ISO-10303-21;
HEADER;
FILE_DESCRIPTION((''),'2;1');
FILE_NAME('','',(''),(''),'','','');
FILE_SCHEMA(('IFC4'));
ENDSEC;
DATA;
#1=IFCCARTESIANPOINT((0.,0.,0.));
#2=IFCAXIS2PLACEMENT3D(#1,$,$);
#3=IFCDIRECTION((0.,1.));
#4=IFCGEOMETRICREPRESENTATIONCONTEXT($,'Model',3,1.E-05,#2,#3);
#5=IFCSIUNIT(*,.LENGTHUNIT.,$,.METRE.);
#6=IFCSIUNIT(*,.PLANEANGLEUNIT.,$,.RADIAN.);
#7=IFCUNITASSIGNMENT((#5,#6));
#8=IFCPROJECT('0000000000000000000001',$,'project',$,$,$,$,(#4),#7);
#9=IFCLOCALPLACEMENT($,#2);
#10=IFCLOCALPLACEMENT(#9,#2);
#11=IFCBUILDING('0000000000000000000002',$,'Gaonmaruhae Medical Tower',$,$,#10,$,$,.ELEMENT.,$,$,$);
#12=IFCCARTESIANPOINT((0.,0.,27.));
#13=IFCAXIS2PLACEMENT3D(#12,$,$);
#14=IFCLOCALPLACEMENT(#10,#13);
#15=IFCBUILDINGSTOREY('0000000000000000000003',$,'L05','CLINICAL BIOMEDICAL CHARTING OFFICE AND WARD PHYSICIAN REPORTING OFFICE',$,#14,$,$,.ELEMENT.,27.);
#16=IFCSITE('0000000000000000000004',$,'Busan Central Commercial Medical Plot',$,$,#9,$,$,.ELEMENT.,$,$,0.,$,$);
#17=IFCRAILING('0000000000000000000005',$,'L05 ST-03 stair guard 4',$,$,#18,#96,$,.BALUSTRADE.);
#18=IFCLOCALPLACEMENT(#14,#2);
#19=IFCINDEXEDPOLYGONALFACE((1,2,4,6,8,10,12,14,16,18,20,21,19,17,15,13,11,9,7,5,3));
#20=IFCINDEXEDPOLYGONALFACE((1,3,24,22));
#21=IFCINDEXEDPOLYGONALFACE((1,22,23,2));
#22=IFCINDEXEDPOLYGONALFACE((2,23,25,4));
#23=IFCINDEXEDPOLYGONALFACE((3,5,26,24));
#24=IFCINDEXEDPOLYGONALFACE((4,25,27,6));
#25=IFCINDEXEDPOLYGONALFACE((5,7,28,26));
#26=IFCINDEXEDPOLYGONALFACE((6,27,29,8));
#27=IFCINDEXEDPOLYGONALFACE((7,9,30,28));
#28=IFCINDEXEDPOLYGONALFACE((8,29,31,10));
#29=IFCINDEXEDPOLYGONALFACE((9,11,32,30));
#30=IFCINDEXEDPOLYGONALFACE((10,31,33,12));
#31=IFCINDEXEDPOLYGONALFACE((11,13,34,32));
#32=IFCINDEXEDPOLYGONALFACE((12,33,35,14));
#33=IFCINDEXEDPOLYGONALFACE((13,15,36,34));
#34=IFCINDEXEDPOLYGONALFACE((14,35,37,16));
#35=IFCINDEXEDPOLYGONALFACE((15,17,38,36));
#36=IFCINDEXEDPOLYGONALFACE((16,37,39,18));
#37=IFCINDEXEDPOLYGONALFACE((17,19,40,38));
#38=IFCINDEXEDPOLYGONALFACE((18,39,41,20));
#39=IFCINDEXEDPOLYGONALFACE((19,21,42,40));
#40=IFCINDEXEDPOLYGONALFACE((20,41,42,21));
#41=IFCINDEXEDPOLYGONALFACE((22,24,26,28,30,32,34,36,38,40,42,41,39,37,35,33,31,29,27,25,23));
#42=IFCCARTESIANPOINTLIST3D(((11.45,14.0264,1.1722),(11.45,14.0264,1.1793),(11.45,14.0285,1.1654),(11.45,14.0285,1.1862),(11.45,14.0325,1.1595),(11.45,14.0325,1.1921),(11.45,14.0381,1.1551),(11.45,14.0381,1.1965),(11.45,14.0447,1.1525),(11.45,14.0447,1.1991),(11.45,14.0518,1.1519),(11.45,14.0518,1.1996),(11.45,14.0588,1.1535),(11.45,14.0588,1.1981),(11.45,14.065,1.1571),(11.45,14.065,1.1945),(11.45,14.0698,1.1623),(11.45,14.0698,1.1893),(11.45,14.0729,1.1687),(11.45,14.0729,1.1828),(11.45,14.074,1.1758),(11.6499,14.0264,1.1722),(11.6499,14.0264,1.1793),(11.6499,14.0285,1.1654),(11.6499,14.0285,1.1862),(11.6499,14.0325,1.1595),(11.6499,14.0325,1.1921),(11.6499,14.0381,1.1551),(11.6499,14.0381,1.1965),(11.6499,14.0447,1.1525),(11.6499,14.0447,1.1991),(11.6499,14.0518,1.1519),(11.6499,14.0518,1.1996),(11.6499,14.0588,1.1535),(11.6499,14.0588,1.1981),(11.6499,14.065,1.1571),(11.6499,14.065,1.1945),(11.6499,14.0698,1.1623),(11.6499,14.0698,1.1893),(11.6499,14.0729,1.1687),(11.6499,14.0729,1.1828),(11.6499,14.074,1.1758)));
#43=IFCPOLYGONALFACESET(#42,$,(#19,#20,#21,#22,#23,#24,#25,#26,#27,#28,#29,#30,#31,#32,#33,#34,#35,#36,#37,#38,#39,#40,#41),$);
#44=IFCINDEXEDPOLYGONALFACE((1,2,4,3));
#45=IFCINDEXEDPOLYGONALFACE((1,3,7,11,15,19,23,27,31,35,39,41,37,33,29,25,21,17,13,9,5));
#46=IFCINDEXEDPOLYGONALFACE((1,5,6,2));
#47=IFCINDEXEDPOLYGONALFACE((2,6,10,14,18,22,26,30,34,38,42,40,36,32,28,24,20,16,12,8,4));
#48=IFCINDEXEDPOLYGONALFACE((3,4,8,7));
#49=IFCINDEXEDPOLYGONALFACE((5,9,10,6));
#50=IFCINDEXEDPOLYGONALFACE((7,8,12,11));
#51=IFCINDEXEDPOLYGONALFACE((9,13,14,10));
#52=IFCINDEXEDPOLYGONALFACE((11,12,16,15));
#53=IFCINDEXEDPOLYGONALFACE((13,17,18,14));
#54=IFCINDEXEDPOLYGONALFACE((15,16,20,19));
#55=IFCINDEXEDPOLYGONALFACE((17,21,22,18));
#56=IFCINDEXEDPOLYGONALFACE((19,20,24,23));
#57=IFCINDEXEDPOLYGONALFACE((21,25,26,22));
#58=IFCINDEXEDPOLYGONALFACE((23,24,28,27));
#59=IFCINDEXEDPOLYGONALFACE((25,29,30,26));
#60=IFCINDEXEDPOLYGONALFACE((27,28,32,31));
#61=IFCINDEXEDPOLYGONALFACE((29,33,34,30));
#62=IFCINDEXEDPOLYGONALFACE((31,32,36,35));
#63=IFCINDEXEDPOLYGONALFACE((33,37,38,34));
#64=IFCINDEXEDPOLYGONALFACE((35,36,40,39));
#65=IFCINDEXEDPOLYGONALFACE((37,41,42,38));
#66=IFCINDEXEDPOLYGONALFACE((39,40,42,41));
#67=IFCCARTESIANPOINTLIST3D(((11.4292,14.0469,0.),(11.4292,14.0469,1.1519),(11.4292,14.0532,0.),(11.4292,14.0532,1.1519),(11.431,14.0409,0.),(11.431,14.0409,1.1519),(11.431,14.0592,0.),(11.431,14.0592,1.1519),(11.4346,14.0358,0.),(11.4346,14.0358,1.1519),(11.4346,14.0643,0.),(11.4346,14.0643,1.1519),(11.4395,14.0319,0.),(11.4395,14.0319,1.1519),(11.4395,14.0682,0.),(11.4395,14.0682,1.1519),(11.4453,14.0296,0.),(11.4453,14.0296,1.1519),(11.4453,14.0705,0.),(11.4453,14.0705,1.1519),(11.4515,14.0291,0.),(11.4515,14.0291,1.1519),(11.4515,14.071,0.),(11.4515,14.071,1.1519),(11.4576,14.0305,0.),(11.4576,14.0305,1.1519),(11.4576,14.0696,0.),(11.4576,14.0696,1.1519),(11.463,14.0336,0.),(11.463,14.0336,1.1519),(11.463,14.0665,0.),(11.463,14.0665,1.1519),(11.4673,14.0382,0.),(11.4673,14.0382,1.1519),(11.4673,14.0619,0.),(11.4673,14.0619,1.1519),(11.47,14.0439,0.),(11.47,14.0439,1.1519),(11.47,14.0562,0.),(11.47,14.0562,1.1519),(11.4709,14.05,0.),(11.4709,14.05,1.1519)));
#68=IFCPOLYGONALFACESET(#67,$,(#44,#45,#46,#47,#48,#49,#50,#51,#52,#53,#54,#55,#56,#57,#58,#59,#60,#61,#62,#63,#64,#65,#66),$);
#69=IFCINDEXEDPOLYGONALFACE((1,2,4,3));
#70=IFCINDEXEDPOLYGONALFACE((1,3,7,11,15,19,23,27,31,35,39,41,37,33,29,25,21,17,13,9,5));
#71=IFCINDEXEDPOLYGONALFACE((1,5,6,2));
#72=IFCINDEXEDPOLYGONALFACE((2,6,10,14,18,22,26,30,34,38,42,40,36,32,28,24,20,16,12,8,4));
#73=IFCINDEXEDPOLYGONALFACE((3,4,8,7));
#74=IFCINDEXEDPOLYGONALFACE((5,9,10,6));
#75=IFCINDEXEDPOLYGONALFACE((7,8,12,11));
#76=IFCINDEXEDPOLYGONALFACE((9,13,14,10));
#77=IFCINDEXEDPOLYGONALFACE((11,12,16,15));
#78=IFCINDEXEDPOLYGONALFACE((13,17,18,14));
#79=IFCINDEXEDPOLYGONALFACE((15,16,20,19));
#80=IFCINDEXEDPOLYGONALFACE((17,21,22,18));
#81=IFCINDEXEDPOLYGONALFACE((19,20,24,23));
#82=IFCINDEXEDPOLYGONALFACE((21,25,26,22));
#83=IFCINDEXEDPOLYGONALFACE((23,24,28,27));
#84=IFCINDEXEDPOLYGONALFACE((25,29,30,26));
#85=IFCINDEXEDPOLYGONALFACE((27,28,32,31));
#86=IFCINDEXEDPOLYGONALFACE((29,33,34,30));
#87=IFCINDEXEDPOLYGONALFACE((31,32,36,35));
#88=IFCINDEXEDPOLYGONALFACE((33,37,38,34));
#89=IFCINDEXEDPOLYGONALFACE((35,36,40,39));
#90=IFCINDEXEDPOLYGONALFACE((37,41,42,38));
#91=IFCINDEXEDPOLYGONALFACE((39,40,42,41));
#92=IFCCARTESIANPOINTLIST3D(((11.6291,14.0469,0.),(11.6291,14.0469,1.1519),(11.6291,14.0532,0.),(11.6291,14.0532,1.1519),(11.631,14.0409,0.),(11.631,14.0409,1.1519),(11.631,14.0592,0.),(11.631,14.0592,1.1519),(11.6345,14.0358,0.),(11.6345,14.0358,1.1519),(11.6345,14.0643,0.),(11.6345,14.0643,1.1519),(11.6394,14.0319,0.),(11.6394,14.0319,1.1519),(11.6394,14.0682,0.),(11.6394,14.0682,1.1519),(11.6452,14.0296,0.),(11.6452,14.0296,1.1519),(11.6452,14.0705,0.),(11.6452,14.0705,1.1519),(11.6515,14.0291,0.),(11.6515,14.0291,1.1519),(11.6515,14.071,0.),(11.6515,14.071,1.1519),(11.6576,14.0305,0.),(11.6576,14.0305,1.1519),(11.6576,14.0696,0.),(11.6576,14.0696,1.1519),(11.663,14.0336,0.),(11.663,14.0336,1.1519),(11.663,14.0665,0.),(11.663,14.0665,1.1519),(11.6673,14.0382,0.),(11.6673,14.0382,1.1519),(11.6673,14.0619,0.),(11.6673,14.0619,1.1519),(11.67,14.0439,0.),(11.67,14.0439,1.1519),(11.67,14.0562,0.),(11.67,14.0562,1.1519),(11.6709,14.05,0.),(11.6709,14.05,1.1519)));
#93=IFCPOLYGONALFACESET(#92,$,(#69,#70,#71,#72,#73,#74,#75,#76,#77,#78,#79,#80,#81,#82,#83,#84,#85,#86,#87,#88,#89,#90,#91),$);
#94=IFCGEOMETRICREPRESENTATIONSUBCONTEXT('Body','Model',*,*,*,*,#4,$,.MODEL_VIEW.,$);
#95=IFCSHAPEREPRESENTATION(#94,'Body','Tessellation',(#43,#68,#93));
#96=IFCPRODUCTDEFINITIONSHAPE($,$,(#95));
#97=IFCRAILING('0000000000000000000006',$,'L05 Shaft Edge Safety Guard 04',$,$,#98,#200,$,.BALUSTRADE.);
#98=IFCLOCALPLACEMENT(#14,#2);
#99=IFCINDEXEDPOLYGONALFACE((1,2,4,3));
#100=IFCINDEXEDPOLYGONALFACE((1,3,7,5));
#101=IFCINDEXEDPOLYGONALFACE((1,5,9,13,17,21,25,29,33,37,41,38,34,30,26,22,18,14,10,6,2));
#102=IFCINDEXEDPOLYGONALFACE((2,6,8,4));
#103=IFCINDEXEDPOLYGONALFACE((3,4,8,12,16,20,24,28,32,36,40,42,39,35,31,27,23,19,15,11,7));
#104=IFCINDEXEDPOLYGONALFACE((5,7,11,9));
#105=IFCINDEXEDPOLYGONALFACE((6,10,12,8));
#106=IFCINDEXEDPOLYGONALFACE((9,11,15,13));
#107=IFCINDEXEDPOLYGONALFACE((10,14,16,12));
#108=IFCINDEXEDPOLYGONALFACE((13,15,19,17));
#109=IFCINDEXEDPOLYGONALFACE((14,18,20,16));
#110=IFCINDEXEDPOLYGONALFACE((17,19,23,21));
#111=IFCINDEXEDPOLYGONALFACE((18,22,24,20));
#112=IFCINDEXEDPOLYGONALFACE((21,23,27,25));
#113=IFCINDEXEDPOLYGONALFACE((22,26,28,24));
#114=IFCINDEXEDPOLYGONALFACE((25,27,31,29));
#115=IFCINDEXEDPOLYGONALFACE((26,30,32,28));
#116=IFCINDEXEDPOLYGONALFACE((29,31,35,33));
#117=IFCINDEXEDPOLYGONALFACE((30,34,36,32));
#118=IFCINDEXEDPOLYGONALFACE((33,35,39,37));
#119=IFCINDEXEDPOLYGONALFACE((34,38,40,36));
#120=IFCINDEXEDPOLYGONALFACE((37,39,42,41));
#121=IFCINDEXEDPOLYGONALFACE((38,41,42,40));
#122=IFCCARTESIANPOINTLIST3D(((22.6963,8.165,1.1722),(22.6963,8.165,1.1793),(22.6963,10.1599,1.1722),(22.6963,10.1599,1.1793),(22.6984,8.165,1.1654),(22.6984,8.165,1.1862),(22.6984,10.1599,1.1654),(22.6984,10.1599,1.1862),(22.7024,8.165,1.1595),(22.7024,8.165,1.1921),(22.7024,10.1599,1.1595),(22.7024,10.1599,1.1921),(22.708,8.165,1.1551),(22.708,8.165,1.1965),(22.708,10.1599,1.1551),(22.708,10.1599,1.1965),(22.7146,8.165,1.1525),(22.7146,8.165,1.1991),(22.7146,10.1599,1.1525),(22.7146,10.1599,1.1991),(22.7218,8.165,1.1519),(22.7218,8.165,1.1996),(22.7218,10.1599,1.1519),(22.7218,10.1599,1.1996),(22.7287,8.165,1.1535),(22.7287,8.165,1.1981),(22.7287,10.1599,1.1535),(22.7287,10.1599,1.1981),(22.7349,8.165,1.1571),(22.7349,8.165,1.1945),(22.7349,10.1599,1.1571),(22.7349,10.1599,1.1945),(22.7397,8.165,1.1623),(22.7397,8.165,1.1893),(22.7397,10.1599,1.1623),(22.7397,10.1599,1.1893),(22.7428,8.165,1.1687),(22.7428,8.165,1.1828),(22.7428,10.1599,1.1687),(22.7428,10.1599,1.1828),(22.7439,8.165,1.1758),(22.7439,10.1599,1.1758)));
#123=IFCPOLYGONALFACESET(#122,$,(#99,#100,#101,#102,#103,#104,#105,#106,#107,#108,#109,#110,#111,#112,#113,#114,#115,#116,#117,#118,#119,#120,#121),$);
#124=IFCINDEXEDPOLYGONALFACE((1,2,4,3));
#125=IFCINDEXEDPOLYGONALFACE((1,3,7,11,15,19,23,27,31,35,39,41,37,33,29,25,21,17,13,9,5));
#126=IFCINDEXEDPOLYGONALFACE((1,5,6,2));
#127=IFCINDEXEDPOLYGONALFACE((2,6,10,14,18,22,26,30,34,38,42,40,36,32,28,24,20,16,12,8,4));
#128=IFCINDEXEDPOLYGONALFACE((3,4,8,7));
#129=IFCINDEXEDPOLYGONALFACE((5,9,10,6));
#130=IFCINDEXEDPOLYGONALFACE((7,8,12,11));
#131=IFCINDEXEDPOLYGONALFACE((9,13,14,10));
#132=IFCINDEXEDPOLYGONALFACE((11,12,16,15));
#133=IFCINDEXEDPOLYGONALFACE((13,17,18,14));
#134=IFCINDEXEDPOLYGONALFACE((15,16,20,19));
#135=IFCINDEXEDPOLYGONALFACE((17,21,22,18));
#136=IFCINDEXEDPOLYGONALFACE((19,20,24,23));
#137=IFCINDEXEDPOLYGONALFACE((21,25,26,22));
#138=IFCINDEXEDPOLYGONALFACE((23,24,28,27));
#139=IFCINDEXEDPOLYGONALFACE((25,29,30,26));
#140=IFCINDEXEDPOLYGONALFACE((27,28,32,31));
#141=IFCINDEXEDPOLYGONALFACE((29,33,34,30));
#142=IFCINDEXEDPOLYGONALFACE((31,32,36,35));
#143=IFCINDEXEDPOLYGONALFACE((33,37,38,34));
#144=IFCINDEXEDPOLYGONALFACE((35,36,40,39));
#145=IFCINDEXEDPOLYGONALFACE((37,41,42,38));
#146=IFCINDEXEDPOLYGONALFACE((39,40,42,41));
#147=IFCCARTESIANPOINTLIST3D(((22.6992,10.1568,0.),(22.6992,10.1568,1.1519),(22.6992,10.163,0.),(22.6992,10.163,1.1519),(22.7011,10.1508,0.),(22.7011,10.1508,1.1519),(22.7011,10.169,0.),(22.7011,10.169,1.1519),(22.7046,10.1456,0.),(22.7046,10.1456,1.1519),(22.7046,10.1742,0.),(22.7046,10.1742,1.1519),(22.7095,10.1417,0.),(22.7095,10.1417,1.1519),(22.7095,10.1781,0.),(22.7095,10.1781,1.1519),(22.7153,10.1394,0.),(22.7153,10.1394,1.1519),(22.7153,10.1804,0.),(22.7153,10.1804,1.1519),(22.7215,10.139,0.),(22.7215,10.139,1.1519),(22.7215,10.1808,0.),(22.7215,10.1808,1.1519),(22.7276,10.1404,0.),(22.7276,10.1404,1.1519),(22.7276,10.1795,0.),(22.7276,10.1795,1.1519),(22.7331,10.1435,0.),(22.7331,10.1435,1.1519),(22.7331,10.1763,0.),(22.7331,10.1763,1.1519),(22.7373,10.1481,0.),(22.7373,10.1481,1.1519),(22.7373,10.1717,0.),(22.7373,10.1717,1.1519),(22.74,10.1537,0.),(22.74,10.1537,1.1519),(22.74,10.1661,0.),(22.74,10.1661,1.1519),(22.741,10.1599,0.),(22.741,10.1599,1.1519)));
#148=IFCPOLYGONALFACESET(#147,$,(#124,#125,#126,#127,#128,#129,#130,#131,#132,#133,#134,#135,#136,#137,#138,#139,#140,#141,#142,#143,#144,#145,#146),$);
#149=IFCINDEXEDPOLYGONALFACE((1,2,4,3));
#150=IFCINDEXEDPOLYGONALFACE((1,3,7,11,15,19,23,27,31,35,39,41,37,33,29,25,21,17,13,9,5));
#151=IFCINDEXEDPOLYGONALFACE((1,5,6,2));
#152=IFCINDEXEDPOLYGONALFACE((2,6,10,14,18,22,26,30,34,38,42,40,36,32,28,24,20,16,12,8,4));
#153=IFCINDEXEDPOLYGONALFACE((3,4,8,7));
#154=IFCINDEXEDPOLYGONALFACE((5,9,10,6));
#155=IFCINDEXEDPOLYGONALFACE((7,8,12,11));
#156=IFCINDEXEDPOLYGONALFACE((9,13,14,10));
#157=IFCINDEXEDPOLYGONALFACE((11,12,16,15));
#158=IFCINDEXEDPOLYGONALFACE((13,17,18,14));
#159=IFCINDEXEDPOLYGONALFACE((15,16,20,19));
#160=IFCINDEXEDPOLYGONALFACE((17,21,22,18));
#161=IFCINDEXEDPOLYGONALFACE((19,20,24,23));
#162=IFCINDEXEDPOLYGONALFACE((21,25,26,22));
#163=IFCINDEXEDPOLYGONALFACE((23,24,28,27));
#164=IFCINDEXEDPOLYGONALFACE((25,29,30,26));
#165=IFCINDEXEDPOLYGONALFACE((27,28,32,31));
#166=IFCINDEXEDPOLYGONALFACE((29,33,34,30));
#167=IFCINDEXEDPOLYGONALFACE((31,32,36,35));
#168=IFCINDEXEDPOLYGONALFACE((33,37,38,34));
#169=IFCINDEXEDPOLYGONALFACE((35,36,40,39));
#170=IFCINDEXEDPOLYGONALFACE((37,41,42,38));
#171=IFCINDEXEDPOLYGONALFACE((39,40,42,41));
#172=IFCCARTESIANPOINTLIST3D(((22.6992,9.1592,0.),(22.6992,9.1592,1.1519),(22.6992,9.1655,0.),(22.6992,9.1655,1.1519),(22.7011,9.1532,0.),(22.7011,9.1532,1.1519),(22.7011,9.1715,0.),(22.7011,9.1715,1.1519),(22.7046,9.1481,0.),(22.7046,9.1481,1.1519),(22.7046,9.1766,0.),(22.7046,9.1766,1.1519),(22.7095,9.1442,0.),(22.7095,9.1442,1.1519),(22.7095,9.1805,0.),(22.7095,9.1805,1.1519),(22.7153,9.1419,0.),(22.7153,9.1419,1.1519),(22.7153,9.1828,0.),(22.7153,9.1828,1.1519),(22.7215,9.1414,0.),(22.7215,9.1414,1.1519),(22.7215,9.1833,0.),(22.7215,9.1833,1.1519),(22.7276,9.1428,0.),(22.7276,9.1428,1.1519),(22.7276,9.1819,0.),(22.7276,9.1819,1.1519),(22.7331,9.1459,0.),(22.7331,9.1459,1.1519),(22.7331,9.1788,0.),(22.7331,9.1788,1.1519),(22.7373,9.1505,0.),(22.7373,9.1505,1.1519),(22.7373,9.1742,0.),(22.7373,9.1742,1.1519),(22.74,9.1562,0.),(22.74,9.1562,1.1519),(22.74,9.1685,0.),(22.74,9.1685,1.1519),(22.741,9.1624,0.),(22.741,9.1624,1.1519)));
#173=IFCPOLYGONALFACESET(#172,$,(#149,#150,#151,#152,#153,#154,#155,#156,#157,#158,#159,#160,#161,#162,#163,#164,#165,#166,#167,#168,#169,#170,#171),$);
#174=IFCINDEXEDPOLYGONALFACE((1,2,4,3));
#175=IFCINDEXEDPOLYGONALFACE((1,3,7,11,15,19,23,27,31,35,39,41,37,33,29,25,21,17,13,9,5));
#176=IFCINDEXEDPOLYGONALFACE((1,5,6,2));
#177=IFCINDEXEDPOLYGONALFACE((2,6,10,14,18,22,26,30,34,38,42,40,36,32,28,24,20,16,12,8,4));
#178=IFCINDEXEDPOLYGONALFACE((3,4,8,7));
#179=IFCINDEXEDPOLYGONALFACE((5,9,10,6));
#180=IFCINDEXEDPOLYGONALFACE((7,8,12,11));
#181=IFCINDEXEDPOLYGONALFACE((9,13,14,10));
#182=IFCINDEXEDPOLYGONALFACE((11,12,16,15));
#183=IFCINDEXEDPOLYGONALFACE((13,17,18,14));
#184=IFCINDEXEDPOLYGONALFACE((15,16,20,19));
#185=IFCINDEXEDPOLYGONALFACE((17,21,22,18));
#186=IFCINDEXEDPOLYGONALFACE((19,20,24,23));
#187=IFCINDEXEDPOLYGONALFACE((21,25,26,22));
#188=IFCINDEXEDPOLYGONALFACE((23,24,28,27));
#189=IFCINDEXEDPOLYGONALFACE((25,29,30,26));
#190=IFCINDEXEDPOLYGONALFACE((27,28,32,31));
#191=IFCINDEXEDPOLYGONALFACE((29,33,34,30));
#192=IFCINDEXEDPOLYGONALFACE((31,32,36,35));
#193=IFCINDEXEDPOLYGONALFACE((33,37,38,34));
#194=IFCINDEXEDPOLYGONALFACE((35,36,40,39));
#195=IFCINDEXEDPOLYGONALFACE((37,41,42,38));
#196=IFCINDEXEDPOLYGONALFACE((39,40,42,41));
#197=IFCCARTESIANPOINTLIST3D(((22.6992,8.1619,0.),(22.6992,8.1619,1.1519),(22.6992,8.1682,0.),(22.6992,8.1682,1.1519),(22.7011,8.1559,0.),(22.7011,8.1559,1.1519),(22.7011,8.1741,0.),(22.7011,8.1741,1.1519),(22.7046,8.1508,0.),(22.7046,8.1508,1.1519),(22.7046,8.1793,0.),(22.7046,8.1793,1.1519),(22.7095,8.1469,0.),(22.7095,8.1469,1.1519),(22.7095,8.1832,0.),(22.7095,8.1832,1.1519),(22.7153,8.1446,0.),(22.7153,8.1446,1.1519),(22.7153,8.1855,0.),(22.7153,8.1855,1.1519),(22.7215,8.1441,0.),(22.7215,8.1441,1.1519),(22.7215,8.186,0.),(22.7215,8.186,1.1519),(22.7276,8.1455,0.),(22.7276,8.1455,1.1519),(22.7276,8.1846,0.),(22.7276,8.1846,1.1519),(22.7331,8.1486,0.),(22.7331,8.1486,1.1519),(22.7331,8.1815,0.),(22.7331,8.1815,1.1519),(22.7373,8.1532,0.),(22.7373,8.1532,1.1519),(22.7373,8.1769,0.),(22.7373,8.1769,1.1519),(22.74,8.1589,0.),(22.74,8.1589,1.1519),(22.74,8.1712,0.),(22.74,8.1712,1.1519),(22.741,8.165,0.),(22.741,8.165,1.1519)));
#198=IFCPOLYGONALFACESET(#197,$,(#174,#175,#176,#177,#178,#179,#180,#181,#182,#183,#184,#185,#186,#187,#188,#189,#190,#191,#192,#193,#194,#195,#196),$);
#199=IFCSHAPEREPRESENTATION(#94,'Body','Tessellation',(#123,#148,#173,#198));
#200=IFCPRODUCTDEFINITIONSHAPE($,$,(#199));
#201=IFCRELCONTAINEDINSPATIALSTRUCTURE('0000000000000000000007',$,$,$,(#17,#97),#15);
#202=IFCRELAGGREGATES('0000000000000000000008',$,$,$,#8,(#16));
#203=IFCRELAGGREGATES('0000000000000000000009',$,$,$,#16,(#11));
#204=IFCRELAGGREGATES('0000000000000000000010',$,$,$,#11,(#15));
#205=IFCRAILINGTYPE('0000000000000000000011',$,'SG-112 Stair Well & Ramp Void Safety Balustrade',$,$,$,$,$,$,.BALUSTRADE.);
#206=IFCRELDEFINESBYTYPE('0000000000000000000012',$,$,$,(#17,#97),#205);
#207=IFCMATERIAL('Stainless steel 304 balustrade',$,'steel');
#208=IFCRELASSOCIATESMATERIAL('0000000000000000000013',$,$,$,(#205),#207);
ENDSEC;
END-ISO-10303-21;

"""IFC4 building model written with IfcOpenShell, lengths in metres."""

from ifc_helpers import new_model, si_unit, direction, frame, origin, origin_2d, place, context, subcontext, project, spatial, circle, extrude, material, type_object, element, save


model = new_model("IFC4")

# Units and contexts
model_context = context("Model", 3, precision=1e-05, world=origin(), true_north=direction((0.0, 1.0)))
body_context = subcontext(model_context, "Body", "Model", "MODEL_VIEW")
ifc_project = project(units=[si_unit("LENGTHUNIT", "METRE"), si_unit("PLANEANGLEUNIT", "RADIAN")], contexts=[model_context])

# Site, building, storey
site_placement = place(None, origin())
site = spatial("IfcSite", under=ifc_project, at=site_placement, Name="Busan Central Commercial Medical Plot", CompositionType="ELEMENT", RefElevation=0.0)
building_placement = place(site_placement, origin())
building = spatial("IfcBuilding", under=site, at=building_placement, Name="Gaonmaruhae Medical Tower", CompositionType="ELEMENT")
storey_placement = place(building_placement, frame((0.0, 0.0, 27.0)))
storey = spatial("IfcBuildingStorey", under=building, at=storey_placement, Name="L05", Description="CLINICAL BIOMEDICAL CHARTING OFFICE AND WARD PHYSICIAN REPORTING OFFICE", CompositionType="ELEMENT", Elevation=27.0)

# Railings
ifc_material_1 = material(Name="Stainless steel 304 balustrade", Category="steel")
railing_type_1 = type_object("IfcRailingType", Name="SG-112 Stair Well & Ramp Void Safety Balustrade", PredefinedType="BALUSTRADE", material=ifc_material_1)
railing_1_placement = place(storey_placement, frame((11.45, 14.05, 0.0)))
element("IfcRailing", 1, at=railing_1_placement, inside=storey, type_object=railing_type_1, Name="L05 ST-03 stair guard 4", PredefinedType="BALUSTRADE", context=body_context, shape_type="SweptSolid", body=[
    extrude(circle(Radius=0.0239, at=origin_2d()), frame((0.0, 0.0, 1.1758), z_axis=(1.0, 0.0, 0.0), x_axis=(0.0, 1.0, 0.0)), (0.0, 0.0, 1.0), 0.2),
    extrude(circle(Radius=0.021, at=origin_2d()), origin(), (0.0, 0.0, 1.0), 1.1519),
    extrude(circle(Radius=0.021, at=origin_2d()), frame((0.2, 0.0, 0.0)), (0.0, 0.0, 1.0), 1.1519),
])
railing_2_placement = place(storey_placement, frame((22.72, 10.1599, 0.0)))
element("IfcRailing", 2, at=railing_2_placement, inside=storey, type_object=railing_type_1, Name="L05 Shaft Edge Safety Guard 04", PredefinedType="BALUSTRADE", context=body_context, shape_type="SweptSolid", body=[
    extrude(circle(Radius=0.0239, at=origin_2d()), frame((0.0, 0.0, 1.1758), z_axis=(0.0, -1.0, 0.0), x_axis=(1.0, 0.0, 0.0)), (0.0, 0.0, 1.0), 1.9949),
    extrude(circle(Radius=0.021, at=origin_2d()), origin(), (0.0, 0.0, 1.0), 1.1519),
    extrude(circle(Radius=0.021, at=origin_2d()), frame((0.0, -0.9976, 0.0)), (0.0, 0.0, 1.0), 1.1519),
    extrude(circle(Radius=0.021, at=origin_2d()), frame((0.0, -1.9949, 0.0)), (0.0, 0.0, 1.0), 1.1519),
])

save(model, "model.ifc")
